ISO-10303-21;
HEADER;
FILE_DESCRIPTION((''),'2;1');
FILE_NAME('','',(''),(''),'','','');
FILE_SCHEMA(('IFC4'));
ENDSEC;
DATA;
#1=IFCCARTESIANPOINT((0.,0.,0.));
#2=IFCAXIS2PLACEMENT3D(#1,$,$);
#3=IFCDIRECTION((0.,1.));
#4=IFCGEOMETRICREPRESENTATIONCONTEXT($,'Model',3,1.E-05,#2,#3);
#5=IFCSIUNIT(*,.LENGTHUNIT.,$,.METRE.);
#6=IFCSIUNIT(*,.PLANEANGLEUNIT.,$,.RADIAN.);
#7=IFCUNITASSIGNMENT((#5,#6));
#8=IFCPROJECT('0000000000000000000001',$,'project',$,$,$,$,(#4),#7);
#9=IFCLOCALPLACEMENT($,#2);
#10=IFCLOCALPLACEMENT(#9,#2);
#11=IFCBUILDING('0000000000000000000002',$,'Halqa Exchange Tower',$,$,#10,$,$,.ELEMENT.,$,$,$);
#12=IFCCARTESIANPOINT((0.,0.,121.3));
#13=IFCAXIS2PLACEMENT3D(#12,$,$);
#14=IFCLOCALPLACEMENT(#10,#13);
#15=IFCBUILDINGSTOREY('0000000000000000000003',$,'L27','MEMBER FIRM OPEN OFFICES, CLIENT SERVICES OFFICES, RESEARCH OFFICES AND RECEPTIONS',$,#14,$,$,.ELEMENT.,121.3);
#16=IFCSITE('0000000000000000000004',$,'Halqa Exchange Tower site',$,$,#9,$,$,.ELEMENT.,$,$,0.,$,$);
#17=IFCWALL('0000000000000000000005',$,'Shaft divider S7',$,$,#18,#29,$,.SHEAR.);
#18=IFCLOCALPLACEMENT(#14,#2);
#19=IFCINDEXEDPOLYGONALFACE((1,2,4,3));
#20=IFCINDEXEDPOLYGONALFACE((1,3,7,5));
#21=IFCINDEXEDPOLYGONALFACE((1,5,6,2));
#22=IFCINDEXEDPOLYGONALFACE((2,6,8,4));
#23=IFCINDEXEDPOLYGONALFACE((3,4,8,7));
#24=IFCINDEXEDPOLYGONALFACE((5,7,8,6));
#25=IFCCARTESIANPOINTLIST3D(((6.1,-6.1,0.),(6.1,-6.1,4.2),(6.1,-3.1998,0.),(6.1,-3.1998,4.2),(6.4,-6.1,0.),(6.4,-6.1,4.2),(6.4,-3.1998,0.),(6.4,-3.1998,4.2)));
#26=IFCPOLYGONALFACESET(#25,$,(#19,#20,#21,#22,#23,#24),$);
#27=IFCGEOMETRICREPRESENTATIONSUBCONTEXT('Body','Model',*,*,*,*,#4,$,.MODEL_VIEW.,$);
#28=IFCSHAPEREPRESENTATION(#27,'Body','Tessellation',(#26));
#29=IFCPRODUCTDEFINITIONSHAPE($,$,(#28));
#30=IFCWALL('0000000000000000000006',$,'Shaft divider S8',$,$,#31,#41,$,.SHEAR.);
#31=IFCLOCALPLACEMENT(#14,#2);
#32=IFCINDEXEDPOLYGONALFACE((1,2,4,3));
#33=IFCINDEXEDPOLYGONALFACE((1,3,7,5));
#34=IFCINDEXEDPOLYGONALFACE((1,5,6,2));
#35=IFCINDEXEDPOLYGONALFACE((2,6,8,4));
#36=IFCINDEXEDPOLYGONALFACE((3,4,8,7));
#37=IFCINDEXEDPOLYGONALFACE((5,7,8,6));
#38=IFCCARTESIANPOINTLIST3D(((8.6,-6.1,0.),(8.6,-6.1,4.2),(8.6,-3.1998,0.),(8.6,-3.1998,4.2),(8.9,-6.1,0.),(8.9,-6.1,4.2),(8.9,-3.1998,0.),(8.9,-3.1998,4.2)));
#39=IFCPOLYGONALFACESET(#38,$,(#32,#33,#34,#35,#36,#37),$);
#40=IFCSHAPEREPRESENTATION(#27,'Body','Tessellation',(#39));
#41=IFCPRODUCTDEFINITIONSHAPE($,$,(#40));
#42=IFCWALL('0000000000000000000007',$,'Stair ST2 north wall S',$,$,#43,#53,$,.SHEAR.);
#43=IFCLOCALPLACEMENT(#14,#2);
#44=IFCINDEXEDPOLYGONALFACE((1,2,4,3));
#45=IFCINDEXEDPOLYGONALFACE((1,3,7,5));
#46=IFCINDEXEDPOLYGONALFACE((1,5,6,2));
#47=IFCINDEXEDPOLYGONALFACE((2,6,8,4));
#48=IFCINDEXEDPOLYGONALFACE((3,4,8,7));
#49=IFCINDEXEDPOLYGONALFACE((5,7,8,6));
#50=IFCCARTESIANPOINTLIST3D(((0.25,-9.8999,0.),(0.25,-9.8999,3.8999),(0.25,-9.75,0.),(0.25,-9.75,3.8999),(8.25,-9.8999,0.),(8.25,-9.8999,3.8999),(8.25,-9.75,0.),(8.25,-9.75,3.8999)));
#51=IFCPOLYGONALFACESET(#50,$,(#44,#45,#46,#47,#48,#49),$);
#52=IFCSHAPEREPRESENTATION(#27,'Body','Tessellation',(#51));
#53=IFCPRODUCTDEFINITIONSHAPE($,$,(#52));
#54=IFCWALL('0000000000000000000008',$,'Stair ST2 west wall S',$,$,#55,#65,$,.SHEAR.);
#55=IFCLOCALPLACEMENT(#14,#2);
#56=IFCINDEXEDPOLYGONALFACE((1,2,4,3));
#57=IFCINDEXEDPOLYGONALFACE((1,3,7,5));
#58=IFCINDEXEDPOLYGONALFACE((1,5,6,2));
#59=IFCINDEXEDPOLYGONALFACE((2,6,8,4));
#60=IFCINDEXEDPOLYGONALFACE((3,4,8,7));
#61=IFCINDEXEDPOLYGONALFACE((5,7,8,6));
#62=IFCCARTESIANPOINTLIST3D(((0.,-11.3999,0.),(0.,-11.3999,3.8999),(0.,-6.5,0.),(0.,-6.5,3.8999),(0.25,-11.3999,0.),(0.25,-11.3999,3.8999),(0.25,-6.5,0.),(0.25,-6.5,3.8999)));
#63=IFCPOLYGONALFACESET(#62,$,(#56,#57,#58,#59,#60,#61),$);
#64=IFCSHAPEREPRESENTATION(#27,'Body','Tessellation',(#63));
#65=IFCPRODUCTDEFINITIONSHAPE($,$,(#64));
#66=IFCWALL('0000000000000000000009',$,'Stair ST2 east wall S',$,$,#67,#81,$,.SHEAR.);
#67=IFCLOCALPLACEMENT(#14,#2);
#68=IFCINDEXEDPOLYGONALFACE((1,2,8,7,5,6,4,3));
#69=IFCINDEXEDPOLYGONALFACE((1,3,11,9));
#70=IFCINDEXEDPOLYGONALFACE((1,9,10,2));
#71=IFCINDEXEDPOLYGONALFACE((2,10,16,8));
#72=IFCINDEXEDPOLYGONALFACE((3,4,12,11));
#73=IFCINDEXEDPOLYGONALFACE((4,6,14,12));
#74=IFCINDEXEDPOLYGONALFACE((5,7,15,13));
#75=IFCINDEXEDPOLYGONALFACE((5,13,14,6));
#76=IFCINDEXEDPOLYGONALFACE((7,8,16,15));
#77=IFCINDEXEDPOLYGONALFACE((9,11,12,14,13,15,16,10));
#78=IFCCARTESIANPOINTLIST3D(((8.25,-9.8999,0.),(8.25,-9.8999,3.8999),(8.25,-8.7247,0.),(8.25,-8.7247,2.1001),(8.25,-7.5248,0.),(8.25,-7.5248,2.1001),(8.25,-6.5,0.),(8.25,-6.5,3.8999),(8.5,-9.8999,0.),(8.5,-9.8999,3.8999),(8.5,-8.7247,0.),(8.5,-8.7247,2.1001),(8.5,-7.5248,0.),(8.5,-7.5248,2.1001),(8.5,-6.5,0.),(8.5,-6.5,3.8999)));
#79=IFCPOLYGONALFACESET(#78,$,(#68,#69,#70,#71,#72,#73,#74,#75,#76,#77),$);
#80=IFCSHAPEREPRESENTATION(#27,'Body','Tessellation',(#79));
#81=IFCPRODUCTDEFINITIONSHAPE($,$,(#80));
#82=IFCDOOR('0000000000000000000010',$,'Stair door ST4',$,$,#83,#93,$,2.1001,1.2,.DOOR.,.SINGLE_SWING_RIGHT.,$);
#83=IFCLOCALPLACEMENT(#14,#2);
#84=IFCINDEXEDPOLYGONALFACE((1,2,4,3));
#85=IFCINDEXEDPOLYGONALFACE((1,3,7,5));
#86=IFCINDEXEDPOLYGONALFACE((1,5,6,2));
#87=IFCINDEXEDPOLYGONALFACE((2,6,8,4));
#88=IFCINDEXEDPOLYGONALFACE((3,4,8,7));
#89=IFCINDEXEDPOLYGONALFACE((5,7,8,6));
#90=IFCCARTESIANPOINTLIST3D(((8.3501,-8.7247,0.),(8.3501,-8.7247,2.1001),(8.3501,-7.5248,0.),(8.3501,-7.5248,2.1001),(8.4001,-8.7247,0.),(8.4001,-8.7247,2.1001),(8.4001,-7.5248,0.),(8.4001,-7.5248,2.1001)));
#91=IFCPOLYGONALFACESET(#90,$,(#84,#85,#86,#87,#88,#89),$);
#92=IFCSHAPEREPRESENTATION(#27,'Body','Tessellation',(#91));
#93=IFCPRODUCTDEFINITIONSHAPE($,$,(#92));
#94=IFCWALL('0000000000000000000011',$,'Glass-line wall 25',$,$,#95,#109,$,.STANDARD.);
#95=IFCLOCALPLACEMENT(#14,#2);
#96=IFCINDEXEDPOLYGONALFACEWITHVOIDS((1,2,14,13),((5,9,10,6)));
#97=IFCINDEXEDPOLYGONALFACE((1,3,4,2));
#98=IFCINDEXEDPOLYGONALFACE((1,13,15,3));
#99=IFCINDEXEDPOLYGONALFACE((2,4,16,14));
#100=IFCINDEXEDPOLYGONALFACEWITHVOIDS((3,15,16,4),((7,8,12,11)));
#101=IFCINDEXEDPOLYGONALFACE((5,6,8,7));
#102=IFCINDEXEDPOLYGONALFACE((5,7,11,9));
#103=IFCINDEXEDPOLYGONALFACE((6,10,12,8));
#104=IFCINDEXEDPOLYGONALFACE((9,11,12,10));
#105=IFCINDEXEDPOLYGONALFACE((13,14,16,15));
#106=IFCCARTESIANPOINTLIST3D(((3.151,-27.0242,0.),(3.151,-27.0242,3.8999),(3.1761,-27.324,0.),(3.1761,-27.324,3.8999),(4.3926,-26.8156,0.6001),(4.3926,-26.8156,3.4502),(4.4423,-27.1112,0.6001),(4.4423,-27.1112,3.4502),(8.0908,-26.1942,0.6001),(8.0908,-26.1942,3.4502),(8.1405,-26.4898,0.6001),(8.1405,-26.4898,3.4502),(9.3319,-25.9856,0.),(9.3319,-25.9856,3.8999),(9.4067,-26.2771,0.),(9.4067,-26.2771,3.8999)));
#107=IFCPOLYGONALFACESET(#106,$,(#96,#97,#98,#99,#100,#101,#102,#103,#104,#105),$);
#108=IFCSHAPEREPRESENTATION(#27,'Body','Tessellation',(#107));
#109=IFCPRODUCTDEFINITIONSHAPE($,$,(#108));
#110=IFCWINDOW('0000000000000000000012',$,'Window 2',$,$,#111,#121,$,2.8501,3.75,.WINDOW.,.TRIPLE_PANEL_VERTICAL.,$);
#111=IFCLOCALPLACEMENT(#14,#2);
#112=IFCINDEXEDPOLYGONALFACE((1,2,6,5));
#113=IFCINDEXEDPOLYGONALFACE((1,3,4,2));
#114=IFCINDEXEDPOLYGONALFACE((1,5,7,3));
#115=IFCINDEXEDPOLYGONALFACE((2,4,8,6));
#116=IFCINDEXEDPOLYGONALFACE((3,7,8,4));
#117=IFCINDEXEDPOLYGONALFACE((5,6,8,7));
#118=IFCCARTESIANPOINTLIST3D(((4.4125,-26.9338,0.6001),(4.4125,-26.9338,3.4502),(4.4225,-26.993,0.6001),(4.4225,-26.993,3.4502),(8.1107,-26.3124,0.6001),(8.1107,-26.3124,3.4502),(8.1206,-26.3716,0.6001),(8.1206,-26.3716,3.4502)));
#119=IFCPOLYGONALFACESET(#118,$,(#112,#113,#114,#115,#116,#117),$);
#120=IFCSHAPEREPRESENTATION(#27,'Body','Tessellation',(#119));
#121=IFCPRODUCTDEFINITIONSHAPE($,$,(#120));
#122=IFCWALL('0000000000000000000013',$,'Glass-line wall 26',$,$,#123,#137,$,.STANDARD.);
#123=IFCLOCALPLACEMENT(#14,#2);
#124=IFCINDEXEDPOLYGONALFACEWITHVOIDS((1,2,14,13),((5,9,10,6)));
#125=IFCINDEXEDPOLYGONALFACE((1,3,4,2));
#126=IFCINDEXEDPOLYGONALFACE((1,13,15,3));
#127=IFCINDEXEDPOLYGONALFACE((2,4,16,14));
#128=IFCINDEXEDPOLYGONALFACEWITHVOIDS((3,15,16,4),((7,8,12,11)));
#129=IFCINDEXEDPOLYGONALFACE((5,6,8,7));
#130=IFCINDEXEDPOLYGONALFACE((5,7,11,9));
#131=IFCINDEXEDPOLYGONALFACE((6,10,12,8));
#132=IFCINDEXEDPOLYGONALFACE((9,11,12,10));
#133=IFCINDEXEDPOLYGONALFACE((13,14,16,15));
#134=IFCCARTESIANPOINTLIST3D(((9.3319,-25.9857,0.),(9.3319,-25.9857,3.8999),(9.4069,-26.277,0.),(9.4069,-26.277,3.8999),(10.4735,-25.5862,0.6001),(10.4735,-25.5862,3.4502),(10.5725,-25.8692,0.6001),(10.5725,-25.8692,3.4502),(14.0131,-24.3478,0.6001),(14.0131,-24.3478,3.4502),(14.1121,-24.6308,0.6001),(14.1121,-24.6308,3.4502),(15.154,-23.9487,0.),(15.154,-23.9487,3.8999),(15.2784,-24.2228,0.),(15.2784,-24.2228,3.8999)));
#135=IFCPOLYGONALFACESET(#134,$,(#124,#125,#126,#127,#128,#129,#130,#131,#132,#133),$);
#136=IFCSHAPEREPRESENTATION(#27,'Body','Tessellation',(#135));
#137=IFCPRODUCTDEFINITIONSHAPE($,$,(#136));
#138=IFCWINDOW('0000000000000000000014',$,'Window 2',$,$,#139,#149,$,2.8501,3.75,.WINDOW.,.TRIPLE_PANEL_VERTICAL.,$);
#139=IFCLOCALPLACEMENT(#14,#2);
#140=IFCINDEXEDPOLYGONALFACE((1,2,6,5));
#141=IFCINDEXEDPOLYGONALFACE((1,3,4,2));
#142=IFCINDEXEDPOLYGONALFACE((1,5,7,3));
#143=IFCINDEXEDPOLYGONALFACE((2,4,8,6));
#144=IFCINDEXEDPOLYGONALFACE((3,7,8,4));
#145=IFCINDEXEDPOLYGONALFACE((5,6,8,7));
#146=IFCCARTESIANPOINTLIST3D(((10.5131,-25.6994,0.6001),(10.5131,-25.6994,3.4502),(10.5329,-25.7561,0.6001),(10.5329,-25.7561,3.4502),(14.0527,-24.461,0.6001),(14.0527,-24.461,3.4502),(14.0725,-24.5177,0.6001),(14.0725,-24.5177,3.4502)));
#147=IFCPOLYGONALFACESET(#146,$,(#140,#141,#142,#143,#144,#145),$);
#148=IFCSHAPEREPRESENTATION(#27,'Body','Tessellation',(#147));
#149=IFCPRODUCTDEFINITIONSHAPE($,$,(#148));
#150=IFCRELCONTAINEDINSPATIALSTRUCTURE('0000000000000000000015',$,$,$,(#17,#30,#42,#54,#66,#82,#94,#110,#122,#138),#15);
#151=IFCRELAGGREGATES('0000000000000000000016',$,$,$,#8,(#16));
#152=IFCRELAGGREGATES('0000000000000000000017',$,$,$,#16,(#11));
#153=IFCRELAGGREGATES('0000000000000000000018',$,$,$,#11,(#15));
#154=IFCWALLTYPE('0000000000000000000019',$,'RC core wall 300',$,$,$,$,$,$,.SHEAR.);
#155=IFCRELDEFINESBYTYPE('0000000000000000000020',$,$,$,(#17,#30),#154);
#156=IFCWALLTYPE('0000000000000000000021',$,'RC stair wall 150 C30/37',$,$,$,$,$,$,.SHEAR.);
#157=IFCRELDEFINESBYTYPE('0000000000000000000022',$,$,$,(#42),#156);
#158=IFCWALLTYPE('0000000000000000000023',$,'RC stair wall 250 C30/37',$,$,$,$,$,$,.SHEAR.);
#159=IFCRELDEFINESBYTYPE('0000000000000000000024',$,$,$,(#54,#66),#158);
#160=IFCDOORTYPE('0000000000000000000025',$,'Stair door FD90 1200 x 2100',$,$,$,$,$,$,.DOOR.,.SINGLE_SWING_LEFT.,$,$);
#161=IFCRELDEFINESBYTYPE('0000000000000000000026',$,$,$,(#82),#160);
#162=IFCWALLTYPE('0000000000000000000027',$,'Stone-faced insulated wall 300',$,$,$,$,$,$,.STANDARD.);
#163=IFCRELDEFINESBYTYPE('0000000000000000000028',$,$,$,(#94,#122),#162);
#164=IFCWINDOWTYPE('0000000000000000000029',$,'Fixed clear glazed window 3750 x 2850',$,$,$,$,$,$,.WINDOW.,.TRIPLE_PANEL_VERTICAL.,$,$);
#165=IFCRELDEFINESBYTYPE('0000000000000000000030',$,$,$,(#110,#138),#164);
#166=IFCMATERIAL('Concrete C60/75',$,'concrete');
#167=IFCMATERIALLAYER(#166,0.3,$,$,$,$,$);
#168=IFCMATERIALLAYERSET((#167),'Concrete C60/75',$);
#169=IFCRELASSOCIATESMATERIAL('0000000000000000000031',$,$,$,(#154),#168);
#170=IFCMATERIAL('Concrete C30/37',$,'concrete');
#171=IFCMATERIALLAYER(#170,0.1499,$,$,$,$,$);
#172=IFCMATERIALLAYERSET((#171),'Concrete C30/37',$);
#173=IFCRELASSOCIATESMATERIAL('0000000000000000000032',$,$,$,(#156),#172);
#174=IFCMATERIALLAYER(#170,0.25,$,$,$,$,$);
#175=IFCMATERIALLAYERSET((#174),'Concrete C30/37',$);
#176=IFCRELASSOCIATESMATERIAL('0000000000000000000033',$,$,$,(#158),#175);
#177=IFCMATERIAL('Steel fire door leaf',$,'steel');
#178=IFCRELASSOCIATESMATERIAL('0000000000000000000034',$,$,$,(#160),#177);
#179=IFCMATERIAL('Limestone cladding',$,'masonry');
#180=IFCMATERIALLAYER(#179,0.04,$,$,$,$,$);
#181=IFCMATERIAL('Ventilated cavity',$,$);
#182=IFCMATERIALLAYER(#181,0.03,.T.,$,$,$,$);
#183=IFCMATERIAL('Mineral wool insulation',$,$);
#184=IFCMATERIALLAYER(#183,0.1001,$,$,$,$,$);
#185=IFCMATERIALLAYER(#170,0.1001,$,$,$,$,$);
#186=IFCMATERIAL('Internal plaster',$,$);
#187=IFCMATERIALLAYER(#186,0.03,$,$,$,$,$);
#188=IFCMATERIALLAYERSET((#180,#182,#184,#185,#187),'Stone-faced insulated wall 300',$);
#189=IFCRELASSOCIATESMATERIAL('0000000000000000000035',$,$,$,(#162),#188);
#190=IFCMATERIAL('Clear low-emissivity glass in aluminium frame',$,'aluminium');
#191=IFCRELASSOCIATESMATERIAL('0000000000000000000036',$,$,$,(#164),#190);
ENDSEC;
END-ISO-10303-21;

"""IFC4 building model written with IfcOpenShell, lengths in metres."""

from ifc_helpers import new_model, si_unit, direction, frame, frame_2d, origin, place, context, subcontext, project, spatial, polyline, rectangle, outline, extrude, material, layer, layer_set, type_object, element, fill, save


model = new_model("IFC4")

# Units and contexts
model_context = context("Model", 3, precision=1e-05, world=origin(), true_north=direction((0.0, 1.0)))
body_context = subcontext(model_context, "Body", "Model", "MODEL_VIEW")
ifc_project = project(units=[si_unit("LENGTHUNIT", "METRE"), si_unit("PLANEANGLEUNIT", "RADIAN")], contexts=[model_context])

# Site, building, storey
site_placement = place(None, origin())
site = spatial("IfcSite", under=ifc_project, at=site_placement, Name="Halqa Exchange Tower site", CompositionType="ELEMENT", RefElevation=0.0)
building_placement = place(site_placement, origin())
building = spatial("IfcBuilding", under=site, at=building_placement, Name="Halqa Exchange Tower", CompositionType="ELEMENT")
storey_placement = place(building_placement, frame((0.0, 0.0, 121.3)))
storey = spatial("IfcBuildingStorey", under=building, at=storey_placement, Name="L27", Description="MEMBER FIRM OPEN OFFICES, CLIENT SERVICES OFFICES, RESEARCH OFFICES AND RECEPTIONS", CompositionType="ELEMENT", Elevation=121.3)

# Shared definitions
ifc_material_1 = material(Name="Concrete C60/75", Category="concrete")

# Walls
ifc_layer_1 = layer(ifc_material_1, 0.3)
ifc_layer_set_1 = layer_set([ifc_layer_1], Name="Concrete C60/75")
wall_type_1 = type_object("IfcWallType", Name="RC core wall 300", PredefinedType="SHEAR", material=ifc_layer_set_1)
for number, where, z_axis, x_axis, name in (
    (1, (6.25, -6.1001, 0.0), (0.0, 0.0, 1.0), (0.0, 1.0, 0.0), "Shaft divider S7"),
    (2, (8.75, -6.1001, 0.0), (0.0, 0.0, 1.0), (0.0, 1.0, 0.0), "Shaft divider S8"),
):
    element("IfcWall", number, at=place(storey_placement, frame(where, z_axis=z_axis, x_axis=x_axis)), inside=storey, type_object=wall_type_1, Name=name, PredefinedType="SHEAR", context=body_context, shape_type="SweptSolid", body=[
        extrude(rectangle(XDim=2.9001, YDim=0.3, at=frame_2d((1.4502, 0.0))), origin(), (0.0, 0.0, 1.0), 4.2),
    ])
ifc_material_2 = material(Name="Concrete C30/37", Category="concrete")
ifc_layer_2 = layer(ifc_material_2, 0.1499)
ifc_layer_set_2 = layer_set([ifc_layer_2], Name="Concrete C30/37")
wall_type_2 = type_object("IfcWallType", Name="RC stair wall 150 C30/37", PredefinedType="SHEAR", material=ifc_layer_set_2)
wall_1_placement = place(storey_placement, frame((0.25, -9.825, 0.0), z_axis=(0.0, 0.0, 1.0), x_axis=(1.0, 0.0, 0.0)))
element("IfcWall", 3, at=wall_1_placement, inside=storey, type_object=wall_type_2, Name="Stair ST2 north wall S", PredefinedType="SHEAR", context=body_context, shape_type="SweptSolid", body=[
    extrude(rectangle(XDim=8.0, YDim=0.1499, at=frame_2d((4.0, 0.0))), origin(), (0.0, 0.0, 1.0), 3.8999),
])
ifc_layer_3 = layer(ifc_material_2, 0.25)
ifc_layer_set_3 = layer_set([ifc_layer_3], Name="Concrete C30/37")
wall_type_3 = type_object("IfcWallType", Name="RC stair wall 250 C30/37", PredefinedType="SHEAR", material=ifc_layer_set_3)
wall_2_placement = place(storey_placement, frame((0.125, -11.3999, 0.0), z_axis=(0.0, 0.0, 1.0), x_axis=(0.0, 1.0, 0.0)))
element("IfcWall", 4, at=wall_2_placement, inside=storey, type_object=wall_type_3, Name="Stair ST2 west wall S", PredefinedType="SHEAR", context=body_context, shape_type="SweptSolid", body=[
    extrude(rectangle(XDim=4.8999, YDim=0.25, at=frame_2d((2.45, 0.0))), origin(), (0.0, 0.0, 1.0), 3.8999),
])

# Wall, opening, door
wall_3_placement = place(storey_placement, frame((8.375, -9.8999, 0.0), z_axis=(0.0, 0.0, 1.0), x_axis=(0.0, 1.0, 0.0)))
wall_3 = element("IfcWall", 5, at=wall_3_placement, inside=storey, type_object=wall_type_3, Name="Stair ST2 east wall S", PredefinedType="SHEAR", context=body_context, shape_type="SweptSolid", body=[
    extrude(rectangle(XDim=3.3999, YDim=0.25, at=frame_2d((1.7, 0.0))), origin(), (0.0, 0.0, 1.0), 3.8999),
])
opening_1_placement = place(wall_3_placement, frame((1.175, 0.0, 0.0)))
opening_1 = element("IfcOpeningElement", 6, at=opening_1_placement, cuts=wall_3, PredefinedType="OPENING", context=body_context, shape_type="SweptSolid", body=[
    extrude(rectangle(XDim=1.2, YDim=2.1001, at=frame_2d((0.6001, 1.05))), frame((0.0, 0.137, 0.0), z_axis=(0.0, -1.0, 0.0), x_axis=(1.0, 0.0, 0.0)), (0.0, 0.0, 1.0), 0.2739),
])
ifc_material_3 = material(Name="Steel fire door leaf", Category="steel")
door_type = type_object("IfcDoorType", Name="Stair door FD90 1200 x 2100", OperationType="SINGLE_SWING_LEFT", PredefinedType="DOOR", material=ifc_material_3)
door_placement = place(opening_1_placement, origin())
door = element("IfcDoor", 7, at=door_placement, inside=storey, type_object=door_type, Name="Stair door ST4", OperationType="SINGLE_SWING_RIGHT", OverallHeight=2.1001, OverallWidth=1.2, PredefinedType="DOOR", context=body_context, shape_type="SweptSolid", body=[
    extrude(rectangle(XDim=1.2, YDim=2.1001, at=frame_2d((0.6001, 1.05))), frame((0.0, 0.0249, 0.0), z_axis=(0.0, -1.0, 0.0), x_axis=(1.0, 0.0, 0.0)), (0.0, 0.0, 1.0), 0.05),
])
fill(opening_1, door)

# Walls, openings, windows
ifc_material_4 = material(Name="Limestone cladding", Category="masonry")
ifc_layer_4 = layer(ifc_material_4, 0.04)
ifc_material_5 = material(Name="Ventilated cavity")
ifc_layer_5 = layer(ifc_material_5, 0.03, ventilated=True)
ifc_material_6 = material(Name="Mineral wool insulation")
ifc_layer_6 = layer(ifc_material_6, 0.1001)
ifc_layer_7 = layer(ifc_material_2, 0.1001)
ifc_material_7 = material(Name="Internal plaster")
ifc_layer_8 = layer(ifc_material_7, 0.03)
ifc_layer_set_4 = layer_set([ifc_layer_4, ifc_layer_5, ifc_layer_6, ifc_layer_7, ifc_layer_8], Name="Stone-faced insulated wall 300")
wall_type_4 = type_object("IfcWallType", Name="Stone-faced insulated wall 300", PredefinedType="STANDARD", material=ifc_layer_set_4)
wall_4_placement = place(storey_placement, frame((3.1636, -27.1741, 0.0), z_axis=(0.0, 0.0, 1.0), x_axis=(0.986176, 0.165701, 0.0)))
wall_4 = element("IfcWall", 8, at=wall_4_placement, inside=storey, type_object=wall_type_4, Name="Glass-line wall 25", PredefinedType="STANDARD", context=body_context, shape_type="SweptSolid", body=[
    extrude(outline(polyline([(-0.0125, -0.1499), (6.3054, -0.1499), (6.28, 0.1499), (0.0125, 0.1499), (-0.0125, -0.1499)])), origin(), (0.0, 0.0, 1.0), 3.8999),
])
opening_2_placement = place(wall_4_placement, frame((1.2715, 0.0, 0.6001)))
opening_2 = element("IfcOpeningElement", 9, at=opening_2_placement, cuts=wall_4, PredefinedType="OPENING", context=body_context, shape_type="SweptSolid", body=[
    extrude(rectangle(XDim=3.75, YDim=2.8501, at=frame_2d((1.875, 1.425))), frame((0.0, 0.1621, 0.0), z_axis=(0.0, -1.0, 0.0), x_axis=(1.0, 0.0, 0.0)), (0.0, 0.0, 1.0), 0.324),
])
ifc_material_8 = material(Name="Clear low-emissivity glass in aluminium frame", Category="aluminium")
window_type = type_object("IfcWindowType", Name="Fixed clear glazed window 3750 x 2850", PartitioningType="TRIPLE_PANEL_VERTICAL", PredefinedType="WINDOW", material=ifc_material_8)
window_1_placement = place(opening_2_placement, origin())
window_1 = element("IfcWindow", 10, at=window_1_placement, inside=storey, type_object=window_type, Name="Window 2", OverallHeight=2.8501, OverallWidth=3.75, PartitioningType="TRIPLE_PANEL_VERTICAL", PredefinedType="WINDOW", context=body_context, shape_type="SweptSolid", body=[
    extrude(rectangle(XDim=3.75, YDim=2.8501, at=frame_2d((1.875, 1.425))), frame((0.0, 0.03, 0.0), z_axis=(0.0, -1.0, 0.0), x_axis=(1.0, 0.0, 0.0)), (0.0, 0.0, 1.0), 0.0601),
])
fill(opening_2, window_1)
wall_5_placement = place(storey_placement, frame((9.3694, -26.1313, 0.0), z_axis=(0.0, 0.0, 1.0), x_axis=(0.943897, 0.33024, 0.0)))
wall_5 = element("IfcWall", 11, at=wall_5_placement, inside=storey, type_object=wall_type_4, Name="Glass-line wall 26", PredefinedType="STANDARD", context=body_context, shape_type="SweptSolid", body=[
    extrude(outline(polyline([(-0.0127, -0.1499), (6.2078, -0.1499), (6.1809, 0.1499), (0.0127, 0.1499), (-0.0127, -0.1499)])), origin(), (0.0, 0.0, 1.0), 3.8999),
])
opening_3_placement = place(wall_5_placement, frame((1.2222, 0.0, 0.6001)))
opening_3 = element("IfcOpeningElement", 12, at=opening_3_placement, cuts=wall_5, PredefinedType="OPENING", context=body_context, shape_type="SweptSolid", body=[
    extrude(rectangle(XDim=3.75, YDim=2.8501, at=frame_2d((1.875, 1.425))), frame((0.0, 0.1621, 0.0), z_axis=(0.0, -1.0, 0.0), x_axis=(1.0, 0.0, 0.0)), (0.0, 0.0, 1.0), 0.324),
])
window_2_placement = place(opening_3_placement, origin())
window_2 = element("IfcWindow", 13, at=window_2_placement, inside=storey, type_object=window_type, Name="Window 2", OverallHeight=2.8501, OverallWidth=3.75, PartitioningType="TRIPLE_PANEL_VERTICAL", PredefinedType="WINDOW", context=body_context, shape_type="SweptSolid", body=[
    extrude(rectangle(XDim=3.75, YDim=2.8501, at=frame_2d((1.875, 1.425))), frame((0.0, 0.03, 0.0), z_axis=(0.0, -1.0, 0.0), x_axis=(1.0, 0.0, 0.0)), (0.0, 0.0, 1.0), 0.0601),
])
fill(opening_3, window_2)

save(model, "model.ifc")
